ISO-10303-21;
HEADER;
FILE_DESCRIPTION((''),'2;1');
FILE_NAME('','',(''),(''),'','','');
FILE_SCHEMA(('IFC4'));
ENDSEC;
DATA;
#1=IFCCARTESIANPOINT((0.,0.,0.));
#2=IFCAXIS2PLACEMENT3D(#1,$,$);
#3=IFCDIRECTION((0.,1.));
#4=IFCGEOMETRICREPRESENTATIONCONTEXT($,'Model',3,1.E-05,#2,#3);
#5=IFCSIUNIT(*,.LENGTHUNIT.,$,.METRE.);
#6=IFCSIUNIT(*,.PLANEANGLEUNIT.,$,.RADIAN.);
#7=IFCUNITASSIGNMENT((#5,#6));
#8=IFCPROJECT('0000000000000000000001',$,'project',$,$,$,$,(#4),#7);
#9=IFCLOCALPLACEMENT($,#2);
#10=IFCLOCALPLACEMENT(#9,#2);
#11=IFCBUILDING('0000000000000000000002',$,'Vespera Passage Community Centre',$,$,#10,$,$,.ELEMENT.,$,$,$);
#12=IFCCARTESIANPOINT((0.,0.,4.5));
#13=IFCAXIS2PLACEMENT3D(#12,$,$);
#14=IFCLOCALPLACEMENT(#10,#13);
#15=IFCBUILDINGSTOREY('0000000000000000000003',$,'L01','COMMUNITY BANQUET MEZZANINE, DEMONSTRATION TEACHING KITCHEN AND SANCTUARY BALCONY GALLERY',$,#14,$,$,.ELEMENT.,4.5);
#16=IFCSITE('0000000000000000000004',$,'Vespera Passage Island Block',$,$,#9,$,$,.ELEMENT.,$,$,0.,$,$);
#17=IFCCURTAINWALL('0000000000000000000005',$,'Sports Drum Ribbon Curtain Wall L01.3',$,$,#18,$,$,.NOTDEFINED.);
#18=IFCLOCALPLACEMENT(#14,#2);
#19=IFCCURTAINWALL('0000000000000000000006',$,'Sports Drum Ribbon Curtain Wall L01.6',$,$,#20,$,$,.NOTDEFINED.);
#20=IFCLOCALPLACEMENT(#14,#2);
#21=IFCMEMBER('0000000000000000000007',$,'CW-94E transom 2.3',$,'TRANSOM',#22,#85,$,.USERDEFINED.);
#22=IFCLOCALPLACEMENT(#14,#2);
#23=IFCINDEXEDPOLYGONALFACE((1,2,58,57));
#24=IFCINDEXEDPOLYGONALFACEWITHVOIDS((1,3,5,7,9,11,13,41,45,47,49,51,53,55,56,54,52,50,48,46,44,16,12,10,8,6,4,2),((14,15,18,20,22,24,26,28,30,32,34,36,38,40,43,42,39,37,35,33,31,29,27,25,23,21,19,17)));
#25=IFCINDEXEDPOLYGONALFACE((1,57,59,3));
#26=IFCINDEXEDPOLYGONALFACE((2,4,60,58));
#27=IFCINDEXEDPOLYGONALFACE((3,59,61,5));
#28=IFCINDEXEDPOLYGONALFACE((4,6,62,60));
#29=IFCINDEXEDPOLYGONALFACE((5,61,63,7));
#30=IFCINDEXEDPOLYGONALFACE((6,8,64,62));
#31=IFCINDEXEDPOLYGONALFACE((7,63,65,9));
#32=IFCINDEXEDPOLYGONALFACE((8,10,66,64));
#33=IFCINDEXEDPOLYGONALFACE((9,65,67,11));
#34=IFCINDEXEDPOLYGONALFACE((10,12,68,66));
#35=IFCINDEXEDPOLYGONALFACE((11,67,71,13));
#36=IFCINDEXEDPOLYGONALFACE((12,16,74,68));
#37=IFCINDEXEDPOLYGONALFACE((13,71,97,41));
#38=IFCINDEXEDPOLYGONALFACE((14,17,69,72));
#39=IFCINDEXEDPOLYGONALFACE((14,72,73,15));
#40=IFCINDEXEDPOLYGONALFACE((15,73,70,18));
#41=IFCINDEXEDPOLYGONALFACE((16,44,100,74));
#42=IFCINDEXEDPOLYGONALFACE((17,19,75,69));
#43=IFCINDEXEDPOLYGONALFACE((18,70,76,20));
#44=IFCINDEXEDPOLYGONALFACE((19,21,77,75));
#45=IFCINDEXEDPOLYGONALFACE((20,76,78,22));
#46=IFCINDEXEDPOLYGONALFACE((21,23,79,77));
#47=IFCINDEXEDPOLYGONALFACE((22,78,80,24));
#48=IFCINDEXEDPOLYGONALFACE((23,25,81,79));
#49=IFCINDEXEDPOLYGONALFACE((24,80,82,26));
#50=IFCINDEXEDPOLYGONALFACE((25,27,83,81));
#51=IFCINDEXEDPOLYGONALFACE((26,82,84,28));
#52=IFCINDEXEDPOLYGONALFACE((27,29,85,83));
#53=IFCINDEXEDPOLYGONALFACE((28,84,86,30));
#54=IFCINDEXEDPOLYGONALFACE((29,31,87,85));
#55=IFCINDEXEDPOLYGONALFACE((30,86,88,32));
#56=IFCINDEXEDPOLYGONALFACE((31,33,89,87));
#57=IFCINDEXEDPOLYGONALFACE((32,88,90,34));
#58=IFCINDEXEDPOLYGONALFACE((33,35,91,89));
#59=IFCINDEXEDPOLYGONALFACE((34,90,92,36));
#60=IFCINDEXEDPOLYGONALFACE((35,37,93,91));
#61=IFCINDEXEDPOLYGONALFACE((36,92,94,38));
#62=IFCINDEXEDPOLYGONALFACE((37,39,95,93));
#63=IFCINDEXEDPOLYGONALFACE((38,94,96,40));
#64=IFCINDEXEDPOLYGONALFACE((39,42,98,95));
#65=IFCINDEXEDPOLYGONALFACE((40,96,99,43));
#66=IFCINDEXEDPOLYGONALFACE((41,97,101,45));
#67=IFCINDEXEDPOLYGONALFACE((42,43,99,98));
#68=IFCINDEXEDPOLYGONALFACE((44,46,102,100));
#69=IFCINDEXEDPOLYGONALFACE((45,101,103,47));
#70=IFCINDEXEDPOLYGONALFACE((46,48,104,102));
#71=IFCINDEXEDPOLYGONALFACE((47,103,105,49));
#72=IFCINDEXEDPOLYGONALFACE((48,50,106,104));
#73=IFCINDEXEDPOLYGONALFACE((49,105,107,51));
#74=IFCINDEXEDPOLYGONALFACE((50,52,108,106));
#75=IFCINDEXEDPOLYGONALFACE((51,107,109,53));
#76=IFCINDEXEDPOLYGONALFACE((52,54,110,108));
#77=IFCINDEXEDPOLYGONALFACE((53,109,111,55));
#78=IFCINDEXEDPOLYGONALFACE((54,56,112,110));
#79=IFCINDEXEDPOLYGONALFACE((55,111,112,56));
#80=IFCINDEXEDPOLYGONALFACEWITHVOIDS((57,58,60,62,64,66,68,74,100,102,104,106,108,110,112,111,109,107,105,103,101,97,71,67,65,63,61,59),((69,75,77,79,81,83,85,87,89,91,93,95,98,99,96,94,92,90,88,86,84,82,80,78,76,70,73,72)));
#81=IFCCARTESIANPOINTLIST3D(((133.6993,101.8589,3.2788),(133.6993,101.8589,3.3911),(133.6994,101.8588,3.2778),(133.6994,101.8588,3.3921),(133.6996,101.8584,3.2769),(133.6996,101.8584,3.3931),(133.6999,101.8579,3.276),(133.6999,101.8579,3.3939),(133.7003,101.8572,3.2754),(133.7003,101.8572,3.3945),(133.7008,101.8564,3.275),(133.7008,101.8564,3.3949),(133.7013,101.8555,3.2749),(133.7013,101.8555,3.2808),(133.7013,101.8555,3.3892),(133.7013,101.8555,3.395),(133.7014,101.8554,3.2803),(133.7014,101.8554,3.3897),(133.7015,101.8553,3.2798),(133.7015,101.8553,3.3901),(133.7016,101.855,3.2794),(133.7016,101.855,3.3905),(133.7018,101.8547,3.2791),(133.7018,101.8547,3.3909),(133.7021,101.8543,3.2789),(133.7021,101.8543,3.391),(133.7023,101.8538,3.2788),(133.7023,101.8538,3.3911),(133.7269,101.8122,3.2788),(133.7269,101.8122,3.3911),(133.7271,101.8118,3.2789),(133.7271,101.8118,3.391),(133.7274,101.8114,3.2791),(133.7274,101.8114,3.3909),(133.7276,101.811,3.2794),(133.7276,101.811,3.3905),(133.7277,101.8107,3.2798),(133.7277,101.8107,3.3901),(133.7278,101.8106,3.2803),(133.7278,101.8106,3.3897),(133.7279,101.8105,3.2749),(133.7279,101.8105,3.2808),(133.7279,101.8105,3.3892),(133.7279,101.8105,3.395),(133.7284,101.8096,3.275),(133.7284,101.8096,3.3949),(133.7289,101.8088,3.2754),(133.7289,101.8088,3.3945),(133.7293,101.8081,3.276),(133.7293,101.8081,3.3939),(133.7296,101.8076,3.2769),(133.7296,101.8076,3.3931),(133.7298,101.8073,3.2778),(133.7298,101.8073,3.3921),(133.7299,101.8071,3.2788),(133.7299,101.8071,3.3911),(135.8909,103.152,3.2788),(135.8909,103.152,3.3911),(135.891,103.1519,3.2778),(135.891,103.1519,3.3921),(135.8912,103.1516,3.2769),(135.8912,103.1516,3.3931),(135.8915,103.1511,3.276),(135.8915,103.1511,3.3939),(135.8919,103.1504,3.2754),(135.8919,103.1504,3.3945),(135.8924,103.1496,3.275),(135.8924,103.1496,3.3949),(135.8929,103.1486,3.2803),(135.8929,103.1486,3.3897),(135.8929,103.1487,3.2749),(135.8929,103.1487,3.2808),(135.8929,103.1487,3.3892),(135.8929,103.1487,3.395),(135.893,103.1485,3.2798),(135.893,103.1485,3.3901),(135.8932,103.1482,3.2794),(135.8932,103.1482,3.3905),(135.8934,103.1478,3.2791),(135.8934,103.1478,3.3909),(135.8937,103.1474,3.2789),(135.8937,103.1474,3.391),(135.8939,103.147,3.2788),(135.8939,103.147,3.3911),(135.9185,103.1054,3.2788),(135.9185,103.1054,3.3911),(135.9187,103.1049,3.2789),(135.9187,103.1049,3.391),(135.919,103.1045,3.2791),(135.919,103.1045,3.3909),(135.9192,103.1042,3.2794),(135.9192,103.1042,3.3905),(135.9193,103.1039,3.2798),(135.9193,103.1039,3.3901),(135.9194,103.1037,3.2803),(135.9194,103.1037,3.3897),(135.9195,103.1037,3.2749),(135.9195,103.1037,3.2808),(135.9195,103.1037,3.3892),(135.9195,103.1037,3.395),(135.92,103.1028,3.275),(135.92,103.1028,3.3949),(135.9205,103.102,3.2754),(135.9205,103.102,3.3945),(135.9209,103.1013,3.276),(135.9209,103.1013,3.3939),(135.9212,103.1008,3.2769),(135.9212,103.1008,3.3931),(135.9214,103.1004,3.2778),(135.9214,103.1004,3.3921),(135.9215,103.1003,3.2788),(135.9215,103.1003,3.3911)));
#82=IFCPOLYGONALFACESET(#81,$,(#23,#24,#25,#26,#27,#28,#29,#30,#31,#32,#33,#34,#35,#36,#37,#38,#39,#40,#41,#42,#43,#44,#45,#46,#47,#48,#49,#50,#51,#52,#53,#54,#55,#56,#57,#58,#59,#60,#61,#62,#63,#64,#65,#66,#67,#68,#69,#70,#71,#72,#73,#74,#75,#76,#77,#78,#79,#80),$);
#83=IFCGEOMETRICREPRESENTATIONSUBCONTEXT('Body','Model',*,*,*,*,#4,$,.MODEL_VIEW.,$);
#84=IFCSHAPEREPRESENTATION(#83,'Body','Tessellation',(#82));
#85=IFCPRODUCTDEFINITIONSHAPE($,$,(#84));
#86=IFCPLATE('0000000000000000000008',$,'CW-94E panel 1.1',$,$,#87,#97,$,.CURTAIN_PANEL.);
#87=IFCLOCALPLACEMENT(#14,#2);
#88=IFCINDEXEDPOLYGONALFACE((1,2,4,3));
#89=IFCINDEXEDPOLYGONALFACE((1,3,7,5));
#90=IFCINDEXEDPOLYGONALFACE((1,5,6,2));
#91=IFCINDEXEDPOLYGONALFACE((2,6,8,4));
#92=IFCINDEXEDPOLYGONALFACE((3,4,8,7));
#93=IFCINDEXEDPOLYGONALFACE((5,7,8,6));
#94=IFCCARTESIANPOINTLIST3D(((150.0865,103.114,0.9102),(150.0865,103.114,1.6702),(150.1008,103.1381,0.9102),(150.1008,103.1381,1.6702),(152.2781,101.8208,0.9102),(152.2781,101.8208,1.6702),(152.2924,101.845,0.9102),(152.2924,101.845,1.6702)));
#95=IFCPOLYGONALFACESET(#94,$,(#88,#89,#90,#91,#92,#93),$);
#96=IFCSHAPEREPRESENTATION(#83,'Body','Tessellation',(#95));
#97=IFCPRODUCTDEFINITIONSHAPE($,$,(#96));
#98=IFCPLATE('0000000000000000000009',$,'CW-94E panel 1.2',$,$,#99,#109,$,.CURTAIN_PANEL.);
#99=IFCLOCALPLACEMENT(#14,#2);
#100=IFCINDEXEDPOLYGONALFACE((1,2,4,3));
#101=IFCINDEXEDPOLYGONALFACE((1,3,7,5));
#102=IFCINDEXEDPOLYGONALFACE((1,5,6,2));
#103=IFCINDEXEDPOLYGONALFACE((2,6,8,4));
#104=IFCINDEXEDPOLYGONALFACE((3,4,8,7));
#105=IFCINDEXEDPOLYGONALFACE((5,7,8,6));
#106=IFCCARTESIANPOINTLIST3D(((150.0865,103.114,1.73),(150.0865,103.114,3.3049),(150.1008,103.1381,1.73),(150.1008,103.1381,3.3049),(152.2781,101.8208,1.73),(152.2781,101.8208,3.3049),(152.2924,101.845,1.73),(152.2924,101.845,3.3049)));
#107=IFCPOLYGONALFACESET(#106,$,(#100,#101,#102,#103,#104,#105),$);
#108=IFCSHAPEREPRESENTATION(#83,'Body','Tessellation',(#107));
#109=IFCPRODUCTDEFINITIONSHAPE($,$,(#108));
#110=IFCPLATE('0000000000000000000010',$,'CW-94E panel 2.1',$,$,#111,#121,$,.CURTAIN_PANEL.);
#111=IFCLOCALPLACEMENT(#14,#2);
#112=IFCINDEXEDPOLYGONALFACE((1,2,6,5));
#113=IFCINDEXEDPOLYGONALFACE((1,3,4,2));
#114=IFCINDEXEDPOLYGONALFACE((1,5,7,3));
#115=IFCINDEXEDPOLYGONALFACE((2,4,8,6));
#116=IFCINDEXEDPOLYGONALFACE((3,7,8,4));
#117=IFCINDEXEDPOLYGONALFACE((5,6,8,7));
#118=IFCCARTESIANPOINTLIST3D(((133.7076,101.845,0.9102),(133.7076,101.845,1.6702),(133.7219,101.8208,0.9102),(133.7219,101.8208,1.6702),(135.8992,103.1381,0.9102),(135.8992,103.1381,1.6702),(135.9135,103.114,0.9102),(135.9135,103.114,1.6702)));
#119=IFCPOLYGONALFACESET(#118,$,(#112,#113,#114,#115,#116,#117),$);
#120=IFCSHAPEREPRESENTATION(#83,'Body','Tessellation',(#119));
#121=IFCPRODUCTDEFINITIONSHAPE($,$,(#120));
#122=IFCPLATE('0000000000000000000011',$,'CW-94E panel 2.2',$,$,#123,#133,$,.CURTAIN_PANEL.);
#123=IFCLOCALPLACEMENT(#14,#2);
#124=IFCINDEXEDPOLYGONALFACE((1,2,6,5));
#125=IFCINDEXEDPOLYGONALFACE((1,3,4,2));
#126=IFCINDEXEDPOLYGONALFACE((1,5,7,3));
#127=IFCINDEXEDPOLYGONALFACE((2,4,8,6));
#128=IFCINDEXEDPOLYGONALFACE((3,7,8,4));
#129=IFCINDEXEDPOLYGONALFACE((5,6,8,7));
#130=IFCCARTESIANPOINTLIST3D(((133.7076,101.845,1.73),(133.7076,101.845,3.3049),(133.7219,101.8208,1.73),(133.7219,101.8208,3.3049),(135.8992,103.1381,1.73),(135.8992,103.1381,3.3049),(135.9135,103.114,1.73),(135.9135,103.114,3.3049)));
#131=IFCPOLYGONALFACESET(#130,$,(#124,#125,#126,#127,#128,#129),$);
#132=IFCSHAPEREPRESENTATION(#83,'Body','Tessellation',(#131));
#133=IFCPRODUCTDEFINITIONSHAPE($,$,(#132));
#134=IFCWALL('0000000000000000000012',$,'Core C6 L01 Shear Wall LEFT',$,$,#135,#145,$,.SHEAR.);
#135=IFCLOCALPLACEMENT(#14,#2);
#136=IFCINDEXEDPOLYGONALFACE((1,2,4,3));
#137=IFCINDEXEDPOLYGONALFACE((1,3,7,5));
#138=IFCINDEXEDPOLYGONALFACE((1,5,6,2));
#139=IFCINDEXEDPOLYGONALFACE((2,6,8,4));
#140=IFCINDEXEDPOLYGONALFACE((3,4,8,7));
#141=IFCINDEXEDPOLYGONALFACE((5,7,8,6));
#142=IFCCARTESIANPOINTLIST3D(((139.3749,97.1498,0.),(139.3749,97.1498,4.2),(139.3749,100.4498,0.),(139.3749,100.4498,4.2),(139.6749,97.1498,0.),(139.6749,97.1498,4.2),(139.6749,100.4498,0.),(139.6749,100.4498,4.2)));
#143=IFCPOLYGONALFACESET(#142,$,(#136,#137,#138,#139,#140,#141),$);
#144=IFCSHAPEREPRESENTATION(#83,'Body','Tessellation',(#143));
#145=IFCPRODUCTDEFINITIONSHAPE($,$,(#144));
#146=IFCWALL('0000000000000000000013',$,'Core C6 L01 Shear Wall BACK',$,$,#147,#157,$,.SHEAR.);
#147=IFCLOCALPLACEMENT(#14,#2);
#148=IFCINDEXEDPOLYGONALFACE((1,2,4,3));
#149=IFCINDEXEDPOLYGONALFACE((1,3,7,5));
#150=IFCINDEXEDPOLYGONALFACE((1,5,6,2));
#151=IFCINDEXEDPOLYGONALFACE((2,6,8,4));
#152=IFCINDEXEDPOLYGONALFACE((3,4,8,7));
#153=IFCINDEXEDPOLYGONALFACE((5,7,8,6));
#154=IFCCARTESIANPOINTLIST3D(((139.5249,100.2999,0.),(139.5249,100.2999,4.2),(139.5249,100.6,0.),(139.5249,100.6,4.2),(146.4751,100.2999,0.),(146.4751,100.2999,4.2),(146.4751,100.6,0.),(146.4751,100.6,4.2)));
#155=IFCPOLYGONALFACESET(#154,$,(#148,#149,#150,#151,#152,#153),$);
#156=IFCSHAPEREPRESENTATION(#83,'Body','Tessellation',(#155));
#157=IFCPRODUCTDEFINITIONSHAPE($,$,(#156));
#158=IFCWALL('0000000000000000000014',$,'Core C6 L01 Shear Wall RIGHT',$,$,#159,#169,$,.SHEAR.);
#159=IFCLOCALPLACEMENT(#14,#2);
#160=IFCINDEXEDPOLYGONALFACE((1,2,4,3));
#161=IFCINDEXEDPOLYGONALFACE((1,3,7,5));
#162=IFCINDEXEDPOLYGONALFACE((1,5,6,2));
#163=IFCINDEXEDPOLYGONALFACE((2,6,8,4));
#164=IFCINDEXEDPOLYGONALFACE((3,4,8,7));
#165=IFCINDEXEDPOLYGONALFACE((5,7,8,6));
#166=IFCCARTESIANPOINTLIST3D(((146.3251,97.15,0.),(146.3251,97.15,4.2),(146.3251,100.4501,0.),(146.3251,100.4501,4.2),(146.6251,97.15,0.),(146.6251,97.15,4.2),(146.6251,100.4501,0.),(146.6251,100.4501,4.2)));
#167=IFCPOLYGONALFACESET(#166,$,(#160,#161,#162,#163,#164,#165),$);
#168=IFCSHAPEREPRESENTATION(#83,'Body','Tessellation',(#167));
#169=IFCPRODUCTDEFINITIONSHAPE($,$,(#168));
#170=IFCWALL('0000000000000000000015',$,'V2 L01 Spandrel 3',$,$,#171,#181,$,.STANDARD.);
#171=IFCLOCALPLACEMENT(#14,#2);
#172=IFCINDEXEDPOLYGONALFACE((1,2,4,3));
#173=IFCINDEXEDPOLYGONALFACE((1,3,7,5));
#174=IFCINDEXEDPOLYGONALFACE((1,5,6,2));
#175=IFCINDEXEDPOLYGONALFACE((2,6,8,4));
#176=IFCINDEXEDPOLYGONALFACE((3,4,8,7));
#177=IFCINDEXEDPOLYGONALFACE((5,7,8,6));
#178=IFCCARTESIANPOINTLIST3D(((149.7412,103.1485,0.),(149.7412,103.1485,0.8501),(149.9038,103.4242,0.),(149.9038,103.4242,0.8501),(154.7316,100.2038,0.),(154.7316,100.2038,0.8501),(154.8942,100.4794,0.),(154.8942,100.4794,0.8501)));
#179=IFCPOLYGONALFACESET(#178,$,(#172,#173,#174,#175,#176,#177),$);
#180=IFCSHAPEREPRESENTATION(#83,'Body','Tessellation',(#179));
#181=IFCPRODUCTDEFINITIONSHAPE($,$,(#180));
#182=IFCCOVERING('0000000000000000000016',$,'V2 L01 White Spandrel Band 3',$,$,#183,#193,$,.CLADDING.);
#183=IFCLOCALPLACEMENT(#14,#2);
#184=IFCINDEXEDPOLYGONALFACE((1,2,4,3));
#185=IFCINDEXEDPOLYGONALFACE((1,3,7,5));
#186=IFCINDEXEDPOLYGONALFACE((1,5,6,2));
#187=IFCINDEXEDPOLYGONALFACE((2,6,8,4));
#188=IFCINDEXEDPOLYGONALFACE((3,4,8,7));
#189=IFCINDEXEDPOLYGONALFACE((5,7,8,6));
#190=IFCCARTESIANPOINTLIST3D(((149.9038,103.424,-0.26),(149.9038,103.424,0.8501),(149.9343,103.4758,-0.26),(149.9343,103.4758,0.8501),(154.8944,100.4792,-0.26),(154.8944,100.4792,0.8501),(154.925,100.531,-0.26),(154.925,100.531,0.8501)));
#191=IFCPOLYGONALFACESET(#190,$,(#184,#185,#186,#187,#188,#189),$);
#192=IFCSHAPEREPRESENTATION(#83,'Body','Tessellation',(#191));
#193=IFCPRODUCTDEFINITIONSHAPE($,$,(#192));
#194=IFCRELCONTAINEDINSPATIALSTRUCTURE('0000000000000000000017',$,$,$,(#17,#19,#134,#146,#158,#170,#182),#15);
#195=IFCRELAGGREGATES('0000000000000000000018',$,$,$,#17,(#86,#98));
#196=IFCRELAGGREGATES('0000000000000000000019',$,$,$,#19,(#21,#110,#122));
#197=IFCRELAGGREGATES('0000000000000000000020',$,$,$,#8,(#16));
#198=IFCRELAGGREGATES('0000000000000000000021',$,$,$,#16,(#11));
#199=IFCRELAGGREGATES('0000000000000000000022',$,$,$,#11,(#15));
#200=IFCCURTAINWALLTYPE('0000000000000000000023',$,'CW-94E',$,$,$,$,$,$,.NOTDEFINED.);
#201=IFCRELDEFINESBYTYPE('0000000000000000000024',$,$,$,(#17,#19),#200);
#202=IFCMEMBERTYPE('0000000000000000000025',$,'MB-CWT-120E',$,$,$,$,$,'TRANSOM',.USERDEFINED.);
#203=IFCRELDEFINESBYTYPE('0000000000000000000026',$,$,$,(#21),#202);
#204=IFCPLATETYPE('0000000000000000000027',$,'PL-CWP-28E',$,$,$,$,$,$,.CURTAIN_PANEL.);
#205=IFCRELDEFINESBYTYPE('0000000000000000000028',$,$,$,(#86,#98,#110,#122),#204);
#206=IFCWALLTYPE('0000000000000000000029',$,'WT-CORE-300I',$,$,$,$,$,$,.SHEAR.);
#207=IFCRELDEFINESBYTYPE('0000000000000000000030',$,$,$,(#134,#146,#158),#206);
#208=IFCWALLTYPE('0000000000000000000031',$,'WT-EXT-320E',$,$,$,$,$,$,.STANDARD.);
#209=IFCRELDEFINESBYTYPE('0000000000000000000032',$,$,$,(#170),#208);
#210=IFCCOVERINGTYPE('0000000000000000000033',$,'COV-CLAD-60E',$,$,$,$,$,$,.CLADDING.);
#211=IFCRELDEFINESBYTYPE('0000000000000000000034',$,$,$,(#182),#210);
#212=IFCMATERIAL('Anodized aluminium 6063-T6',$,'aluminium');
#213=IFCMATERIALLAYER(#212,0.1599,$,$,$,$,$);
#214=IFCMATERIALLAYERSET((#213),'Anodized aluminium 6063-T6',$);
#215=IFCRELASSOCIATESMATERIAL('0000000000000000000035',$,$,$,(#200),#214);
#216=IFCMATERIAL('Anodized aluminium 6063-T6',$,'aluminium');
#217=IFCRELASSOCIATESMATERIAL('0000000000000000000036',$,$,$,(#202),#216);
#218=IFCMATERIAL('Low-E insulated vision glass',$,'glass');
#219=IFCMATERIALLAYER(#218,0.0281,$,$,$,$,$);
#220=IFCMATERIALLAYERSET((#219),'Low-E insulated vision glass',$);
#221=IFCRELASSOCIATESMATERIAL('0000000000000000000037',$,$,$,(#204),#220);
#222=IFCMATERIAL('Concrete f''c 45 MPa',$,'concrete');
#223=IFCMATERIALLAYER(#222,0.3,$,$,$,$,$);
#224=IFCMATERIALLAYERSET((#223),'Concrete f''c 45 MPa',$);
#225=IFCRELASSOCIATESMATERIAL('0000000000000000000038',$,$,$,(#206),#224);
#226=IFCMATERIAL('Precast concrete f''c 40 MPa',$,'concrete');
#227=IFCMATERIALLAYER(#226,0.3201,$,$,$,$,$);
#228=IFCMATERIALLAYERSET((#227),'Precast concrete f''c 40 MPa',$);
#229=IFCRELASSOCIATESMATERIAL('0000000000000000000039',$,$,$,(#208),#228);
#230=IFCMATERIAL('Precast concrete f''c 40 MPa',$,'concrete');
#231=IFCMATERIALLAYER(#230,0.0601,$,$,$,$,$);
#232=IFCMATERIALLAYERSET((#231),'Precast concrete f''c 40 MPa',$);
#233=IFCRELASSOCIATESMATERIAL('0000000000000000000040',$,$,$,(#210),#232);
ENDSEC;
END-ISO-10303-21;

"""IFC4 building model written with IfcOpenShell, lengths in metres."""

from ifc_helpers import new_model, si_unit, direction, frame, frame_2d, origin, origin_2d, place, context, subcontext, project, spatial, rectangle, hollow_rectangle, extrude, material, layer, layer_set, material_profile, profile_set, type_object, element, aggregate, save


model = new_model("IFC4")

# Units and contexts
model_context = context("Model", 3, precision=1e-05, world=origin(), true_north=direction((0.0, 1.0)))
body_context = subcontext(model_context, "Body", "Model", "MODEL_VIEW")
ifc_project = project(units=[si_unit("LENGTHUNIT", "METRE"), si_unit("PLANEANGLEUNIT", "RADIAN")], contexts=[model_context])

# Site, building, storey
site_placement = place(None, origin())
site = spatial("IfcSite", under=ifc_project, at=site_placement, Name="Vespera Passage Island Block", CompositionType="ELEMENT", RefElevation=0.0)
building_placement = place(site_placement, origin())
building = spatial("IfcBuilding", under=site, at=building_placement, Name="Vespera Passage Community Centre", CompositionType="ELEMENT")
storey_placement = place(building_placement, frame((0.0, 0.0, 4.5)))
storey = spatial("IfcBuildingStorey", under=building, at=storey_placement, Name="L01", Description="COMMUNITY BANQUET MEZZANINE, DEMONSTRATION TEACHING KITCHEN AND SANCTUARY BALCONY GALLERY", CompositionType="ELEMENT", Elevation=4.5)

# Curtain walls
ifc_material_1 = material(Name="Anodized aluminium 6063-T6", Category="aluminium")
ifc_layer_1 = layer(ifc_material_1, 0.1599)
ifc_layer_set_1 = layer_set([ifc_layer_1], Name="Anodized aluminium 6063-T6")
curtain_wall_type = type_object("IfcCurtainWallType", Name="CW-94E", PredefinedType="NOTDEFINED", material=ifc_layer_set_1)
curtain_wall_1_placement = place(storey_placement, origin())
curtain_wall_1 = element("IfcCurtainWall", 1, at=curtain_wall_1_placement, inside=storey, type_object=curtain_wall_type, Name="Sports Drum Ribbon Curtain Wall L01.3", PredefinedType="NOTDEFINED")
curtain_wall_2_placement = place(storey_placement, origin())
curtain_wall_2 = element("IfcCurtainWall", 2, at=curtain_wall_2_placement, inside=storey, type_object=curtain_wall_type, Name="Sports Drum Ribbon Curtain Wall L01.6", PredefinedType="NOTDEFINED")

# Member
ifc_material_2 = material(Name="Anodized aluminium 6063-T6", Category="aluminium")
ifc_material_profile_1 = material_profile(ifc_material_2, hollow_rectangle(XDim=0.0601, YDim=0.1201, WallThickness=0.0039, InnerFilletRadius=0.002, OuterFilletRadius=0.0039, at=origin_2d()), Name="ALU120X60X4")
ifc_profile_set_1 = profile_set([ifc_material_profile_1], Name="Anodized aluminium 6063-T6")
member_type_1 = type_object("IfcMemberType", Name="MB-CWT-120E", ElementType="TRANSOM", PredefinedType="USERDEFINED", material=ifc_profile_set_1)
member_1_placement = place(storey_placement, frame((133.7146, 101.833, 3.335), z_axis=(0.861245, 0.508189, 0.0), x_axis=(-0.508189, 0.861245, 0.0)))
member_1 = element("IfcMember", 3, at=member_1_placement, type_object=member_type_1, Name="CW-94E transom 2.3", ObjectType="TRANSOM", PredefinedType="USERDEFINED", context=body_context, shape_type="SweptSolid", body=[
    extrude(hollow_rectangle(XDim=0.0601, YDim=0.1201, WallThickness=0.0039, InnerFilletRadius=0.002, OuterFilletRadius=0.0039, at=origin_2d()), origin(), (0.0, 0.0, 1.0), 2.5447),
])

# Plates
ifc_material_3 = material(Name="Low-E insulated vision glass", Category="glass")
ifc_layer_2 = layer(ifc_material_3, 0.0281)
ifc_layer_set_2 = layer_set([ifc_layer_2], Name="Low-E insulated vision glass")
plate_type = type_object("IfcPlateType", Name="PL-CWP-28E", PredefinedType="CURTAIN_PANEL", material=ifc_layer_set_2)
plate_1_placement = place(storey_placement, frame((151.1895, 102.4795, 0.9102), z_axis=(0.0, 0.0, 1.0), x_axis=(0.861257, -0.50817, 0.0)))
plate_1 = element("IfcPlate", 4, at=plate_1_placement, type_object=plate_type, Name="CW-94E panel 1.1", PredefinedType="CURTAIN_PANEL", context=body_context, shape_type="SweptSolid", body=[
    extrude(rectangle(XDim=2.5447, YDim=0.0281, at=origin_2d()), origin(), (0.0, 0.0, 1.0), 0.76),
])
plate_2_placement = place(storey_placement, frame((151.1895, 102.4795, 1.73), z_axis=(0.0, 0.0, 1.0), x_axis=(0.861257, -0.50817, 0.0)))
plate_2 = element("IfcPlate", 5, at=plate_2_placement, type_object=plate_type, Name="CW-94E panel 1.2", PredefinedType="CURTAIN_PANEL", context=body_context, shape_type="SweptSolid", body=[
    extrude(rectangle(XDim=2.5447, YDim=0.0281, at=origin_2d()), origin(), (0.0, 0.0, 1.0), 1.575),
])
aggregate(curtain_wall_1, [plate_1, plate_2])
plate_3_placement = place(storey_placement, frame((134.8105, 102.4795, 0.9102), z_axis=(0.0, 0.0, 1.0), x_axis=(0.861257, 0.50817, 0.0)))
plate_3 = element("IfcPlate", 6, at=plate_3_placement, type_object=plate_type, Name="CW-94E panel 2.1", PredefinedType="CURTAIN_PANEL", context=body_context, shape_type="SweptSolid", body=[
    extrude(rectangle(XDim=2.5447, YDim=0.0281, at=origin_2d()), origin(), (0.0, 0.0, 1.0), 0.76),
])
plate_4_placement = place(storey_placement, frame((134.8105, 102.4795, 1.73), z_axis=(0.0, 0.0, 1.0), x_axis=(0.861257, 0.50817, 0.0)))
plate_4 = element("IfcPlate", 7, at=plate_4_placement, type_object=plate_type, Name="CW-94E panel 2.2", PredefinedType="CURTAIN_PANEL", context=body_context, shape_type="SweptSolid", body=[
    extrude(rectangle(XDim=2.5447, YDim=0.0281, at=origin_2d()), origin(), (0.0, 0.0, 1.0), 1.575),
])
aggregate(curtain_wall_2, [member_1, plate_3, plate_4])

# Shared definitions
ifc_material_4 = material(Name="Concrete f'c 45 MPa", Category="concrete")
ifc_layer_3 = layer(ifc_material_4, 0.3)
ifc_layer_set_3 = layer_set([ifc_layer_3], Name="Concrete f'c 45 MPa")
wall_type_1 = type_object("IfcWallType", Name="WT-CORE-300I", PredefinedType="SHEAR", material=ifc_layer_set_3)

# Walls
wall_1_placement = place(storey_placement, frame((139.5249, 97.1499, 0.0), z_axis=(0.0, 0.0, 1.0), x_axis=(0.0, 1.0, 0.0)))
element("IfcWall", 8, at=wall_1_placement, inside=storey, type_object=wall_type_1, Name="Core C6 L01 Shear Wall LEFT", PredefinedType="SHEAR", context=body_context, shape_type="SweptSolid", body=[
    extrude(rectangle(XDim=3.3, YDim=0.3, at=frame_2d((1.6499, 0.0))), origin(), (0.0, 0.0, 1.0), 4.2),
])
wall_2_placement = place(storey_placement, frame((139.5249, 100.45, 0.0), z_axis=(0.0, 0.0, 1.0), x_axis=(1.0, 0.0, 0.0)))
element("IfcWall", 9, at=wall_2_placement, inside=storey, type_object=wall_type_1, Name="Core C6 L01 Shear Wall BACK", PredefinedType="SHEAR", context=body_context, shape_type="SweptSolid", body=[
    extrude(rectangle(XDim=6.9502, YDim=0.3, at=frame_2d((3.4751, 0.0))), origin(), (0.0, 0.0, 1.0), 4.2),
])
wall_3_placement = place(storey_placement, frame((146.4751, 100.45, 0.0), z_axis=(0.0, 0.0, 1.0), x_axis=(0.0, -1.0, 0.0)))
element("IfcWall", 10, at=wall_3_placement, inside=storey, type_object=wall_type_1, Name="Core C6 L01 Shear Wall RIGHT", PredefinedType="SHEAR", context=body_context, shape_type="SweptSolid", body=[
    extrude(rectangle(XDim=3.3, YDim=0.3, at=frame_2d((1.6499, 0.0))), origin(), (0.0, 0.0, 1.0), 4.2),
])
ifc_material_5 = material(Name="Precast concrete f'c 40 MPa", Category="concrete")
ifc_layer_4 = layer(ifc_material_5, 0.3201)
ifc_layer_set_4 = layer_set([ifc_layer_4], Name="Precast concrete f'c 40 MPa")
wall_type_2 = type_object("IfcWallType", Name="WT-EXT-320E", PredefinedType="STANDARD", material=ifc_layer_set_4)
wall_4_placement = place(storey_placement, frame((149.8225, 103.2864, 0.0), z_axis=(0.0, 0.0, 1.0), x_axis=(0.861236, -0.508205, 0.0)))
element("IfcWall", 11, at=wall_4_placement, inside=storey, type_object=wall_type_2, Name="V2 L01 Spandrel 3", PredefinedType="STANDARD", context=body_context, shape_type="SweptSolid", body=[
    extrude(rectangle(XDim=5.7944, YDim=0.3201, at=frame_2d((2.8972, 0.0))), origin(), (0.0, 0.0, 1.0), 0.8501),
])

# Covering
ifc_material_6 = material(Name="Precast concrete f'c 40 MPa", Category="concrete")
ifc_layer_5 = layer(ifc_material_6, 0.0601)
ifc_layer_set_5 = layer_set([ifc_layer_5], Name="Precast concrete f'c 40 MPa")
covering_type = type_object("IfcCoveringType", Name="COV-CLAD-60E", PredefinedType="CLADDING", material=ifc_layer_set_5)
covering_placement = place(storey_placement, frame((149.9189, 103.45, -0.26), z_axis=(0.0, 0.0, 1.0), x_axis=(0.861247, -0.508187, 0.0)))
element("IfcCovering", 12, at=covering_placement, inside=storey, type_object=covering_type, Name="V2 L01 White Spandrel Band 3", PredefinedType="CLADDING", context=body_context, shape_type="SweptSolid", body=[
    extrude(rectangle(XDim=5.7947, YDim=0.0601, at=frame_2d((2.8975, 0.0))), origin(), (0.0, 0.0, 1.0), 1.1101),
])

save(model, "model.ifc")
